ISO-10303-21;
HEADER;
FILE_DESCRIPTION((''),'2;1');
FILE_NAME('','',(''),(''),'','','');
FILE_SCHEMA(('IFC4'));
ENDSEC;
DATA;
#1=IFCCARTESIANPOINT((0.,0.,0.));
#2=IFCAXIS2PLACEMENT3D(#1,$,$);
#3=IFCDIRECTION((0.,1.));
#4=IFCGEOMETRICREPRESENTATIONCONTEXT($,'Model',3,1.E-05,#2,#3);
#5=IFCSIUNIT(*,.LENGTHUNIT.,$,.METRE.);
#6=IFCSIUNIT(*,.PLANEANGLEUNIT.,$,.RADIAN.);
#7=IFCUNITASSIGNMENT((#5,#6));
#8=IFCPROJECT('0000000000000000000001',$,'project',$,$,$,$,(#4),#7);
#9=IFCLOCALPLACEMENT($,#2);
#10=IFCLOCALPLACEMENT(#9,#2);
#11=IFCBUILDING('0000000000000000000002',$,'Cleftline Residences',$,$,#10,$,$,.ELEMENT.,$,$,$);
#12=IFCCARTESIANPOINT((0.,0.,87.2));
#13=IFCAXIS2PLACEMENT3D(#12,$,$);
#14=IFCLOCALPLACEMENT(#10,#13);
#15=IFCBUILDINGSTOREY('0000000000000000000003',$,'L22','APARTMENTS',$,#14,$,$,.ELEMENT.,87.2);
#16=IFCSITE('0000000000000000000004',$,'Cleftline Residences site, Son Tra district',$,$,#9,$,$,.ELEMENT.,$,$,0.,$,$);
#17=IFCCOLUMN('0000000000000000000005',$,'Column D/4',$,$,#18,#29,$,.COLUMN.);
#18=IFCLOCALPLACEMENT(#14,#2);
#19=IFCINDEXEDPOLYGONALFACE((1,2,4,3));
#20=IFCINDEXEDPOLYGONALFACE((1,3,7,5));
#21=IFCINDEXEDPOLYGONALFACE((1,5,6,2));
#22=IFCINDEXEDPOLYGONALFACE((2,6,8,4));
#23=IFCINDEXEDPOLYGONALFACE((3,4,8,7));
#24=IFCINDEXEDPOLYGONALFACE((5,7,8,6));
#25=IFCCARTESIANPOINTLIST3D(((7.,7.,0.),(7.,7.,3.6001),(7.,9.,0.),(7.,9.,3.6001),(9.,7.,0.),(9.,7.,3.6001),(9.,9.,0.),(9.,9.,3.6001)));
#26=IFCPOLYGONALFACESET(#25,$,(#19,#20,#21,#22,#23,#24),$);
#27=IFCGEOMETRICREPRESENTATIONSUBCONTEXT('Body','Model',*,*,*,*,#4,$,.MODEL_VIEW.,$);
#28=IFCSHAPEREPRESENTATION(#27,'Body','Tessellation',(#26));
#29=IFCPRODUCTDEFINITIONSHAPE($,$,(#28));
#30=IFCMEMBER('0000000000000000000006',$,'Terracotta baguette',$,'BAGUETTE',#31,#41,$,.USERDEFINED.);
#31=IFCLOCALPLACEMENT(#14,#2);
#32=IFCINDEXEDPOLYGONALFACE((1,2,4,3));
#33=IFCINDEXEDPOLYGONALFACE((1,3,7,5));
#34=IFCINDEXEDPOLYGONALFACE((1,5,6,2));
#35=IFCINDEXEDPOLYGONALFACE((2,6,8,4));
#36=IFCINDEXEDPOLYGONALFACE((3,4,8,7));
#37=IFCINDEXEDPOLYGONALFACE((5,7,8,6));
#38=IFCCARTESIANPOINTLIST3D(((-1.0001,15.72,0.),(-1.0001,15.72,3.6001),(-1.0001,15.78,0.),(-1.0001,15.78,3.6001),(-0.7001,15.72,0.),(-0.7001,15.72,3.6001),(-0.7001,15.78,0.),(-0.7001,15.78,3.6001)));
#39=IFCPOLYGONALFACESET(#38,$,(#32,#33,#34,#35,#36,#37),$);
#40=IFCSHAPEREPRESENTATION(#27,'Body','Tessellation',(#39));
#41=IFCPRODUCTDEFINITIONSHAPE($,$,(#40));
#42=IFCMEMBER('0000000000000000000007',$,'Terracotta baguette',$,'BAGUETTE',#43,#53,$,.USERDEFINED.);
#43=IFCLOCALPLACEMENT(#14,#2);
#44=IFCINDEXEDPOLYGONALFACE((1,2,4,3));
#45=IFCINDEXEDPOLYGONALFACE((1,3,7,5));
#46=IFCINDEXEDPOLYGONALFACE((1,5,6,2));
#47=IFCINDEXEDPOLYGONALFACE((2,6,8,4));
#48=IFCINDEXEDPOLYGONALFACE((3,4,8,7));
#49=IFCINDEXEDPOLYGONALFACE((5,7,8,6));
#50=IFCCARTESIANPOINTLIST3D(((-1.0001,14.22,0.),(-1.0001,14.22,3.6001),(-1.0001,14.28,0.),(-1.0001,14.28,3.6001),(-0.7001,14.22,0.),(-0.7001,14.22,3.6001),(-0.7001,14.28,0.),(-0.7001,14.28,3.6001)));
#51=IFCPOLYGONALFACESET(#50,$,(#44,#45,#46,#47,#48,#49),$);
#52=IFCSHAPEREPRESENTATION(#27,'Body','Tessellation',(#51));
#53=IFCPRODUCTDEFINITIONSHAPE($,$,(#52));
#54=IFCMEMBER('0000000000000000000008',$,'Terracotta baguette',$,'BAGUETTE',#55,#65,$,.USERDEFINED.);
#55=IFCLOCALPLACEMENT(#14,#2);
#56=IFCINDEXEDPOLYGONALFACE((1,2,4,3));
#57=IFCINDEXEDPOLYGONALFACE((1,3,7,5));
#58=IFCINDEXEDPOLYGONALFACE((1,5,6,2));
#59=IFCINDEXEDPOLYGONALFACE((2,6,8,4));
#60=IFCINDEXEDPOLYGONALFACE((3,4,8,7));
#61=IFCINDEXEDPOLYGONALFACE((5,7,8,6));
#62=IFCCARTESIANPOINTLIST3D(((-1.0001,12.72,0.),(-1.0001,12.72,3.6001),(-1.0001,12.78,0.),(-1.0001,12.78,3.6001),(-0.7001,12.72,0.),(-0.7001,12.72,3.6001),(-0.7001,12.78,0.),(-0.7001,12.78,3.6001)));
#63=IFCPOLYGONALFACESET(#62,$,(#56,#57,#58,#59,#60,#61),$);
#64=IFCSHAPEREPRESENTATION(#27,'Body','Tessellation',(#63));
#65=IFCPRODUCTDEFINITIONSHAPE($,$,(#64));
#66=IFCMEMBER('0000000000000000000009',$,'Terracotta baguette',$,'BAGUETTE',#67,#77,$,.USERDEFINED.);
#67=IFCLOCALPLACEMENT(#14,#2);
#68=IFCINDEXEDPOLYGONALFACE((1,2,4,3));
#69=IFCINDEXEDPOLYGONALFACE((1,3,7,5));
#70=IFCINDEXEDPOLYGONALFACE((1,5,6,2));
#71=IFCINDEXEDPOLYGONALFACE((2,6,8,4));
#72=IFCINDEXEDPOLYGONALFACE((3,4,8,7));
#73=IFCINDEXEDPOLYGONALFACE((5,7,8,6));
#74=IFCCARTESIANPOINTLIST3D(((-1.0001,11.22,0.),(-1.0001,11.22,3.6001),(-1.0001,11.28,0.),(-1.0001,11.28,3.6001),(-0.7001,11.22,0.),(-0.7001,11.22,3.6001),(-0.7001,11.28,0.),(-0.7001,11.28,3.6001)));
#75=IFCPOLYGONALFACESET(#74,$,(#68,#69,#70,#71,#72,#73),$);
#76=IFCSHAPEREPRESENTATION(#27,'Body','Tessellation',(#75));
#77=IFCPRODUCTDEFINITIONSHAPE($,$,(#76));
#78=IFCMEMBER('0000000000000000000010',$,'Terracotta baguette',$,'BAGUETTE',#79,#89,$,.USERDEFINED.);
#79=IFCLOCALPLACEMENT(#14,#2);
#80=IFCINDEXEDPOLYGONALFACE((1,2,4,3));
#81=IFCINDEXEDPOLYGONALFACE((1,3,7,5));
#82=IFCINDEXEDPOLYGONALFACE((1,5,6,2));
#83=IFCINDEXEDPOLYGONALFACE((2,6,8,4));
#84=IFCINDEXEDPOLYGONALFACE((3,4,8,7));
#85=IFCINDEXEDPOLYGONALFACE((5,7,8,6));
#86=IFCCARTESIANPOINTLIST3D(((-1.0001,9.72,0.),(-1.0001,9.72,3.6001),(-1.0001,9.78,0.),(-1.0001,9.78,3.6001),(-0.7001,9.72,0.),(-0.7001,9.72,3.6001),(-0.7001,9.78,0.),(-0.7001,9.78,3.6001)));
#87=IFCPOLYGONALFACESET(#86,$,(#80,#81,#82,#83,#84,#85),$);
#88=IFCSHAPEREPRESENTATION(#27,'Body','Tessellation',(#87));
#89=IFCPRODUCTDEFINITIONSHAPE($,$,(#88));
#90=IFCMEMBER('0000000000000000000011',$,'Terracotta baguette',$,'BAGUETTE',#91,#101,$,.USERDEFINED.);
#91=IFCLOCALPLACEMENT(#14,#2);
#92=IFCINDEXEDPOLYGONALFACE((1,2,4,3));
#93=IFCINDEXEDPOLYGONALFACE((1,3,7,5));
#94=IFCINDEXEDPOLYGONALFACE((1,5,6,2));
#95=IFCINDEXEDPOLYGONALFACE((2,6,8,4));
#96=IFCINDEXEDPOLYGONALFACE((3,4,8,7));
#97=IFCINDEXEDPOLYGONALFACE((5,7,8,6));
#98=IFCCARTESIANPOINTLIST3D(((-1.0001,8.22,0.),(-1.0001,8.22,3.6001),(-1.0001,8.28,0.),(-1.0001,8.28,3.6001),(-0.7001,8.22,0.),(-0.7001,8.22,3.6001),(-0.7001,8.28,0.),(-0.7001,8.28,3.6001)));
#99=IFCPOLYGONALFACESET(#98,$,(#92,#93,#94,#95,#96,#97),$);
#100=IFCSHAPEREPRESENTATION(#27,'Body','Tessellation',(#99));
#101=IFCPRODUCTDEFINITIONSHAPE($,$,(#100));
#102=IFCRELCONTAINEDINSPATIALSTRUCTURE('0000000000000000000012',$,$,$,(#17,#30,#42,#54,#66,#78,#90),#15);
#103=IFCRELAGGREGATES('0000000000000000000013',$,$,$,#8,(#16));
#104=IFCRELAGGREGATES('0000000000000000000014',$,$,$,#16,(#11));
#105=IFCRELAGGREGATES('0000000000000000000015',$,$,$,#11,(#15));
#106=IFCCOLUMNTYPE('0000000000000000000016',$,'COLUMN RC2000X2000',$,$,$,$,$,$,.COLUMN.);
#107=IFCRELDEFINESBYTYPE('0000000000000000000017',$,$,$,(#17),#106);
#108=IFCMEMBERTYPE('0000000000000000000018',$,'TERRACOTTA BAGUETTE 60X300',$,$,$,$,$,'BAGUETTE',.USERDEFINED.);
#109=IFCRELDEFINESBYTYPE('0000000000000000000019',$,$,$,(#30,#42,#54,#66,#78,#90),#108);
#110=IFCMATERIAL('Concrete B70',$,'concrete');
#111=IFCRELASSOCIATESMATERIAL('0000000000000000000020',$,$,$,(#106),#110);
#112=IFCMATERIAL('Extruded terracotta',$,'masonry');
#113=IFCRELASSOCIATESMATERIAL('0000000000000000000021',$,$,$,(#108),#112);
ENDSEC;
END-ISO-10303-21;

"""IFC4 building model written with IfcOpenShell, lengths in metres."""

from ifc_helpers import new_model, si_unit, direction, frame, origin, origin_2d, place, context, subcontext, project, spatial, rectangle, extrude, material, material_profile, profile_set, type_object, element, save


model = new_model("IFC4")

# Units and contexts
model_context = context("Model", 3, precision=1e-05, world=origin(), true_north=direction((0.0, 1.0)))
body_context = subcontext(model_context, "Body", "Model", "MODEL_VIEW")
ifc_project = project(units=[si_unit("LENGTHUNIT", "METRE"), si_unit("PLANEANGLEUNIT", "RADIAN")], contexts=[model_context])

# Site, building, storey
site_placement = place(None, origin())
site = spatial("IfcSite", under=ifc_project, at=site_placement, Name="Cleftline Residences site, Son Tra district", CompositionType="ELEMENT", RefElevation=0.0)
building_placement = place(site_placement, origin())
building = spatial("IfcBuilding", under=site, at=building_placement, Name="Cleftline Residences", CompositionType="ELEMENT")
storey_placement = place(building_placement, frame((0.0, 0.0, 87.2)))
storey = spatial("IfcBuildingStorey", under=building, at=storey_placement, Name="L22", Description="APARTMENTS", CompositionType="ELEMENT", Elevation=87.2)

# Column
ifc_material_1 = material(Name="Concrete B70", Category="concrete")
ifc_material_profile_1 = material_profile(ifc_material_1, rectangle(XDim=2.0, YDim=2.0, at=origin_2d()))
ifc_profile_set_1 = profile_set([ifc_material_profile_1], Name="Concrete B70")
column_type = type_object("IfcColumnType", Name="COLUMN RC2000X2000", PredefinedType="COLUMN", material=ifc_profile_set_1)
column_placement = place(storey_placement, frame((8.0, 8.0, 0.0), z_axis=(0.0, 0.0, 1.0), x_axis=(1.0, 0.0, 0.0)))
element("IfcColumn", 1, at=column_placement, inside=storey, type_object=column_type, Name="Column D/4", PredefinedType="COLUMN", context=body_context, shape_type="SweptSolid", body=[
    extrude(rectangle(XDim=2.0, YDim=2.0, at=origin_2d()), origin(), (0.0, 0.0, 1.0), 3.6001),
])

# Members
ifc_material_2 = material(Name="Extruded terracotta", Category="masonry")
ifc_material_profile_2 = material_profile(ifc_material_2, rectangle(XDim=0.0601, YDim=0.3, at=origin_2d()))
ifc_profile_set_2 = profile_set([ifc_material_profile_2], Name="Extruded terracotta")
member_type = type_object("IfcMemberType", Name="TERRACOTTA BAGUETTE 60X300", ElementType="BAGUETTE", PredefinedType="USERDEFINED", material=ifc_profile_set_2)
for number, where, z_axis, x_axis, name in (
    (2, (-0.8501, 15.75, 0.0), (0.0, 0.0, 1.0), (0.0, 1.0, 0.0), "Terracotta baguette"),
    (3, (-0.8501, 14.25, 0.0), (0.0, 0.0, 1.0), (0.0, 1.0, 0.0), "Terracotta baguette"),
    (4, (-0.8501, 12.75, 0.0), (0.0, 0.0, 1.0), (0.0, 1.0, 0.0), "Terracotta baguette"),
    (5, (-0.8501, 11.25, 0.0), (0.0, 0.0, 1.0), (0.0, 1.0, 0.0), "Terracotta baguette"),
    (6, (-0.8501, 9.75, 0.0), (0.0, 0.0, 1.0), (0.0, 1.0, 0.0), "Terracotta baguette"),
    (7, (-0.8501, 8.25, 0.0), (0.0, 0.0, 1.0), (0.0, 1.0, 0.0), "Terracotta baguette"),
):
    element("IfcMember", number, at=place(storey_placement, frame(where, z_axis=z_axis, x_axis=x_axis)), inside=storey, type_object=member_type, Name=name, ObjectType="BAGUETTE", PredefinedType="USERDEFINED", context=body_context, shape_type="SweptSolid", body=[
        extrude(rectangle(XDim=0.0601, YDim=0.3, at=origin_2d()), origin(), (0.0, 0.0, 1.0), 3.6001),
    ])

save(model, "model.ifc")
